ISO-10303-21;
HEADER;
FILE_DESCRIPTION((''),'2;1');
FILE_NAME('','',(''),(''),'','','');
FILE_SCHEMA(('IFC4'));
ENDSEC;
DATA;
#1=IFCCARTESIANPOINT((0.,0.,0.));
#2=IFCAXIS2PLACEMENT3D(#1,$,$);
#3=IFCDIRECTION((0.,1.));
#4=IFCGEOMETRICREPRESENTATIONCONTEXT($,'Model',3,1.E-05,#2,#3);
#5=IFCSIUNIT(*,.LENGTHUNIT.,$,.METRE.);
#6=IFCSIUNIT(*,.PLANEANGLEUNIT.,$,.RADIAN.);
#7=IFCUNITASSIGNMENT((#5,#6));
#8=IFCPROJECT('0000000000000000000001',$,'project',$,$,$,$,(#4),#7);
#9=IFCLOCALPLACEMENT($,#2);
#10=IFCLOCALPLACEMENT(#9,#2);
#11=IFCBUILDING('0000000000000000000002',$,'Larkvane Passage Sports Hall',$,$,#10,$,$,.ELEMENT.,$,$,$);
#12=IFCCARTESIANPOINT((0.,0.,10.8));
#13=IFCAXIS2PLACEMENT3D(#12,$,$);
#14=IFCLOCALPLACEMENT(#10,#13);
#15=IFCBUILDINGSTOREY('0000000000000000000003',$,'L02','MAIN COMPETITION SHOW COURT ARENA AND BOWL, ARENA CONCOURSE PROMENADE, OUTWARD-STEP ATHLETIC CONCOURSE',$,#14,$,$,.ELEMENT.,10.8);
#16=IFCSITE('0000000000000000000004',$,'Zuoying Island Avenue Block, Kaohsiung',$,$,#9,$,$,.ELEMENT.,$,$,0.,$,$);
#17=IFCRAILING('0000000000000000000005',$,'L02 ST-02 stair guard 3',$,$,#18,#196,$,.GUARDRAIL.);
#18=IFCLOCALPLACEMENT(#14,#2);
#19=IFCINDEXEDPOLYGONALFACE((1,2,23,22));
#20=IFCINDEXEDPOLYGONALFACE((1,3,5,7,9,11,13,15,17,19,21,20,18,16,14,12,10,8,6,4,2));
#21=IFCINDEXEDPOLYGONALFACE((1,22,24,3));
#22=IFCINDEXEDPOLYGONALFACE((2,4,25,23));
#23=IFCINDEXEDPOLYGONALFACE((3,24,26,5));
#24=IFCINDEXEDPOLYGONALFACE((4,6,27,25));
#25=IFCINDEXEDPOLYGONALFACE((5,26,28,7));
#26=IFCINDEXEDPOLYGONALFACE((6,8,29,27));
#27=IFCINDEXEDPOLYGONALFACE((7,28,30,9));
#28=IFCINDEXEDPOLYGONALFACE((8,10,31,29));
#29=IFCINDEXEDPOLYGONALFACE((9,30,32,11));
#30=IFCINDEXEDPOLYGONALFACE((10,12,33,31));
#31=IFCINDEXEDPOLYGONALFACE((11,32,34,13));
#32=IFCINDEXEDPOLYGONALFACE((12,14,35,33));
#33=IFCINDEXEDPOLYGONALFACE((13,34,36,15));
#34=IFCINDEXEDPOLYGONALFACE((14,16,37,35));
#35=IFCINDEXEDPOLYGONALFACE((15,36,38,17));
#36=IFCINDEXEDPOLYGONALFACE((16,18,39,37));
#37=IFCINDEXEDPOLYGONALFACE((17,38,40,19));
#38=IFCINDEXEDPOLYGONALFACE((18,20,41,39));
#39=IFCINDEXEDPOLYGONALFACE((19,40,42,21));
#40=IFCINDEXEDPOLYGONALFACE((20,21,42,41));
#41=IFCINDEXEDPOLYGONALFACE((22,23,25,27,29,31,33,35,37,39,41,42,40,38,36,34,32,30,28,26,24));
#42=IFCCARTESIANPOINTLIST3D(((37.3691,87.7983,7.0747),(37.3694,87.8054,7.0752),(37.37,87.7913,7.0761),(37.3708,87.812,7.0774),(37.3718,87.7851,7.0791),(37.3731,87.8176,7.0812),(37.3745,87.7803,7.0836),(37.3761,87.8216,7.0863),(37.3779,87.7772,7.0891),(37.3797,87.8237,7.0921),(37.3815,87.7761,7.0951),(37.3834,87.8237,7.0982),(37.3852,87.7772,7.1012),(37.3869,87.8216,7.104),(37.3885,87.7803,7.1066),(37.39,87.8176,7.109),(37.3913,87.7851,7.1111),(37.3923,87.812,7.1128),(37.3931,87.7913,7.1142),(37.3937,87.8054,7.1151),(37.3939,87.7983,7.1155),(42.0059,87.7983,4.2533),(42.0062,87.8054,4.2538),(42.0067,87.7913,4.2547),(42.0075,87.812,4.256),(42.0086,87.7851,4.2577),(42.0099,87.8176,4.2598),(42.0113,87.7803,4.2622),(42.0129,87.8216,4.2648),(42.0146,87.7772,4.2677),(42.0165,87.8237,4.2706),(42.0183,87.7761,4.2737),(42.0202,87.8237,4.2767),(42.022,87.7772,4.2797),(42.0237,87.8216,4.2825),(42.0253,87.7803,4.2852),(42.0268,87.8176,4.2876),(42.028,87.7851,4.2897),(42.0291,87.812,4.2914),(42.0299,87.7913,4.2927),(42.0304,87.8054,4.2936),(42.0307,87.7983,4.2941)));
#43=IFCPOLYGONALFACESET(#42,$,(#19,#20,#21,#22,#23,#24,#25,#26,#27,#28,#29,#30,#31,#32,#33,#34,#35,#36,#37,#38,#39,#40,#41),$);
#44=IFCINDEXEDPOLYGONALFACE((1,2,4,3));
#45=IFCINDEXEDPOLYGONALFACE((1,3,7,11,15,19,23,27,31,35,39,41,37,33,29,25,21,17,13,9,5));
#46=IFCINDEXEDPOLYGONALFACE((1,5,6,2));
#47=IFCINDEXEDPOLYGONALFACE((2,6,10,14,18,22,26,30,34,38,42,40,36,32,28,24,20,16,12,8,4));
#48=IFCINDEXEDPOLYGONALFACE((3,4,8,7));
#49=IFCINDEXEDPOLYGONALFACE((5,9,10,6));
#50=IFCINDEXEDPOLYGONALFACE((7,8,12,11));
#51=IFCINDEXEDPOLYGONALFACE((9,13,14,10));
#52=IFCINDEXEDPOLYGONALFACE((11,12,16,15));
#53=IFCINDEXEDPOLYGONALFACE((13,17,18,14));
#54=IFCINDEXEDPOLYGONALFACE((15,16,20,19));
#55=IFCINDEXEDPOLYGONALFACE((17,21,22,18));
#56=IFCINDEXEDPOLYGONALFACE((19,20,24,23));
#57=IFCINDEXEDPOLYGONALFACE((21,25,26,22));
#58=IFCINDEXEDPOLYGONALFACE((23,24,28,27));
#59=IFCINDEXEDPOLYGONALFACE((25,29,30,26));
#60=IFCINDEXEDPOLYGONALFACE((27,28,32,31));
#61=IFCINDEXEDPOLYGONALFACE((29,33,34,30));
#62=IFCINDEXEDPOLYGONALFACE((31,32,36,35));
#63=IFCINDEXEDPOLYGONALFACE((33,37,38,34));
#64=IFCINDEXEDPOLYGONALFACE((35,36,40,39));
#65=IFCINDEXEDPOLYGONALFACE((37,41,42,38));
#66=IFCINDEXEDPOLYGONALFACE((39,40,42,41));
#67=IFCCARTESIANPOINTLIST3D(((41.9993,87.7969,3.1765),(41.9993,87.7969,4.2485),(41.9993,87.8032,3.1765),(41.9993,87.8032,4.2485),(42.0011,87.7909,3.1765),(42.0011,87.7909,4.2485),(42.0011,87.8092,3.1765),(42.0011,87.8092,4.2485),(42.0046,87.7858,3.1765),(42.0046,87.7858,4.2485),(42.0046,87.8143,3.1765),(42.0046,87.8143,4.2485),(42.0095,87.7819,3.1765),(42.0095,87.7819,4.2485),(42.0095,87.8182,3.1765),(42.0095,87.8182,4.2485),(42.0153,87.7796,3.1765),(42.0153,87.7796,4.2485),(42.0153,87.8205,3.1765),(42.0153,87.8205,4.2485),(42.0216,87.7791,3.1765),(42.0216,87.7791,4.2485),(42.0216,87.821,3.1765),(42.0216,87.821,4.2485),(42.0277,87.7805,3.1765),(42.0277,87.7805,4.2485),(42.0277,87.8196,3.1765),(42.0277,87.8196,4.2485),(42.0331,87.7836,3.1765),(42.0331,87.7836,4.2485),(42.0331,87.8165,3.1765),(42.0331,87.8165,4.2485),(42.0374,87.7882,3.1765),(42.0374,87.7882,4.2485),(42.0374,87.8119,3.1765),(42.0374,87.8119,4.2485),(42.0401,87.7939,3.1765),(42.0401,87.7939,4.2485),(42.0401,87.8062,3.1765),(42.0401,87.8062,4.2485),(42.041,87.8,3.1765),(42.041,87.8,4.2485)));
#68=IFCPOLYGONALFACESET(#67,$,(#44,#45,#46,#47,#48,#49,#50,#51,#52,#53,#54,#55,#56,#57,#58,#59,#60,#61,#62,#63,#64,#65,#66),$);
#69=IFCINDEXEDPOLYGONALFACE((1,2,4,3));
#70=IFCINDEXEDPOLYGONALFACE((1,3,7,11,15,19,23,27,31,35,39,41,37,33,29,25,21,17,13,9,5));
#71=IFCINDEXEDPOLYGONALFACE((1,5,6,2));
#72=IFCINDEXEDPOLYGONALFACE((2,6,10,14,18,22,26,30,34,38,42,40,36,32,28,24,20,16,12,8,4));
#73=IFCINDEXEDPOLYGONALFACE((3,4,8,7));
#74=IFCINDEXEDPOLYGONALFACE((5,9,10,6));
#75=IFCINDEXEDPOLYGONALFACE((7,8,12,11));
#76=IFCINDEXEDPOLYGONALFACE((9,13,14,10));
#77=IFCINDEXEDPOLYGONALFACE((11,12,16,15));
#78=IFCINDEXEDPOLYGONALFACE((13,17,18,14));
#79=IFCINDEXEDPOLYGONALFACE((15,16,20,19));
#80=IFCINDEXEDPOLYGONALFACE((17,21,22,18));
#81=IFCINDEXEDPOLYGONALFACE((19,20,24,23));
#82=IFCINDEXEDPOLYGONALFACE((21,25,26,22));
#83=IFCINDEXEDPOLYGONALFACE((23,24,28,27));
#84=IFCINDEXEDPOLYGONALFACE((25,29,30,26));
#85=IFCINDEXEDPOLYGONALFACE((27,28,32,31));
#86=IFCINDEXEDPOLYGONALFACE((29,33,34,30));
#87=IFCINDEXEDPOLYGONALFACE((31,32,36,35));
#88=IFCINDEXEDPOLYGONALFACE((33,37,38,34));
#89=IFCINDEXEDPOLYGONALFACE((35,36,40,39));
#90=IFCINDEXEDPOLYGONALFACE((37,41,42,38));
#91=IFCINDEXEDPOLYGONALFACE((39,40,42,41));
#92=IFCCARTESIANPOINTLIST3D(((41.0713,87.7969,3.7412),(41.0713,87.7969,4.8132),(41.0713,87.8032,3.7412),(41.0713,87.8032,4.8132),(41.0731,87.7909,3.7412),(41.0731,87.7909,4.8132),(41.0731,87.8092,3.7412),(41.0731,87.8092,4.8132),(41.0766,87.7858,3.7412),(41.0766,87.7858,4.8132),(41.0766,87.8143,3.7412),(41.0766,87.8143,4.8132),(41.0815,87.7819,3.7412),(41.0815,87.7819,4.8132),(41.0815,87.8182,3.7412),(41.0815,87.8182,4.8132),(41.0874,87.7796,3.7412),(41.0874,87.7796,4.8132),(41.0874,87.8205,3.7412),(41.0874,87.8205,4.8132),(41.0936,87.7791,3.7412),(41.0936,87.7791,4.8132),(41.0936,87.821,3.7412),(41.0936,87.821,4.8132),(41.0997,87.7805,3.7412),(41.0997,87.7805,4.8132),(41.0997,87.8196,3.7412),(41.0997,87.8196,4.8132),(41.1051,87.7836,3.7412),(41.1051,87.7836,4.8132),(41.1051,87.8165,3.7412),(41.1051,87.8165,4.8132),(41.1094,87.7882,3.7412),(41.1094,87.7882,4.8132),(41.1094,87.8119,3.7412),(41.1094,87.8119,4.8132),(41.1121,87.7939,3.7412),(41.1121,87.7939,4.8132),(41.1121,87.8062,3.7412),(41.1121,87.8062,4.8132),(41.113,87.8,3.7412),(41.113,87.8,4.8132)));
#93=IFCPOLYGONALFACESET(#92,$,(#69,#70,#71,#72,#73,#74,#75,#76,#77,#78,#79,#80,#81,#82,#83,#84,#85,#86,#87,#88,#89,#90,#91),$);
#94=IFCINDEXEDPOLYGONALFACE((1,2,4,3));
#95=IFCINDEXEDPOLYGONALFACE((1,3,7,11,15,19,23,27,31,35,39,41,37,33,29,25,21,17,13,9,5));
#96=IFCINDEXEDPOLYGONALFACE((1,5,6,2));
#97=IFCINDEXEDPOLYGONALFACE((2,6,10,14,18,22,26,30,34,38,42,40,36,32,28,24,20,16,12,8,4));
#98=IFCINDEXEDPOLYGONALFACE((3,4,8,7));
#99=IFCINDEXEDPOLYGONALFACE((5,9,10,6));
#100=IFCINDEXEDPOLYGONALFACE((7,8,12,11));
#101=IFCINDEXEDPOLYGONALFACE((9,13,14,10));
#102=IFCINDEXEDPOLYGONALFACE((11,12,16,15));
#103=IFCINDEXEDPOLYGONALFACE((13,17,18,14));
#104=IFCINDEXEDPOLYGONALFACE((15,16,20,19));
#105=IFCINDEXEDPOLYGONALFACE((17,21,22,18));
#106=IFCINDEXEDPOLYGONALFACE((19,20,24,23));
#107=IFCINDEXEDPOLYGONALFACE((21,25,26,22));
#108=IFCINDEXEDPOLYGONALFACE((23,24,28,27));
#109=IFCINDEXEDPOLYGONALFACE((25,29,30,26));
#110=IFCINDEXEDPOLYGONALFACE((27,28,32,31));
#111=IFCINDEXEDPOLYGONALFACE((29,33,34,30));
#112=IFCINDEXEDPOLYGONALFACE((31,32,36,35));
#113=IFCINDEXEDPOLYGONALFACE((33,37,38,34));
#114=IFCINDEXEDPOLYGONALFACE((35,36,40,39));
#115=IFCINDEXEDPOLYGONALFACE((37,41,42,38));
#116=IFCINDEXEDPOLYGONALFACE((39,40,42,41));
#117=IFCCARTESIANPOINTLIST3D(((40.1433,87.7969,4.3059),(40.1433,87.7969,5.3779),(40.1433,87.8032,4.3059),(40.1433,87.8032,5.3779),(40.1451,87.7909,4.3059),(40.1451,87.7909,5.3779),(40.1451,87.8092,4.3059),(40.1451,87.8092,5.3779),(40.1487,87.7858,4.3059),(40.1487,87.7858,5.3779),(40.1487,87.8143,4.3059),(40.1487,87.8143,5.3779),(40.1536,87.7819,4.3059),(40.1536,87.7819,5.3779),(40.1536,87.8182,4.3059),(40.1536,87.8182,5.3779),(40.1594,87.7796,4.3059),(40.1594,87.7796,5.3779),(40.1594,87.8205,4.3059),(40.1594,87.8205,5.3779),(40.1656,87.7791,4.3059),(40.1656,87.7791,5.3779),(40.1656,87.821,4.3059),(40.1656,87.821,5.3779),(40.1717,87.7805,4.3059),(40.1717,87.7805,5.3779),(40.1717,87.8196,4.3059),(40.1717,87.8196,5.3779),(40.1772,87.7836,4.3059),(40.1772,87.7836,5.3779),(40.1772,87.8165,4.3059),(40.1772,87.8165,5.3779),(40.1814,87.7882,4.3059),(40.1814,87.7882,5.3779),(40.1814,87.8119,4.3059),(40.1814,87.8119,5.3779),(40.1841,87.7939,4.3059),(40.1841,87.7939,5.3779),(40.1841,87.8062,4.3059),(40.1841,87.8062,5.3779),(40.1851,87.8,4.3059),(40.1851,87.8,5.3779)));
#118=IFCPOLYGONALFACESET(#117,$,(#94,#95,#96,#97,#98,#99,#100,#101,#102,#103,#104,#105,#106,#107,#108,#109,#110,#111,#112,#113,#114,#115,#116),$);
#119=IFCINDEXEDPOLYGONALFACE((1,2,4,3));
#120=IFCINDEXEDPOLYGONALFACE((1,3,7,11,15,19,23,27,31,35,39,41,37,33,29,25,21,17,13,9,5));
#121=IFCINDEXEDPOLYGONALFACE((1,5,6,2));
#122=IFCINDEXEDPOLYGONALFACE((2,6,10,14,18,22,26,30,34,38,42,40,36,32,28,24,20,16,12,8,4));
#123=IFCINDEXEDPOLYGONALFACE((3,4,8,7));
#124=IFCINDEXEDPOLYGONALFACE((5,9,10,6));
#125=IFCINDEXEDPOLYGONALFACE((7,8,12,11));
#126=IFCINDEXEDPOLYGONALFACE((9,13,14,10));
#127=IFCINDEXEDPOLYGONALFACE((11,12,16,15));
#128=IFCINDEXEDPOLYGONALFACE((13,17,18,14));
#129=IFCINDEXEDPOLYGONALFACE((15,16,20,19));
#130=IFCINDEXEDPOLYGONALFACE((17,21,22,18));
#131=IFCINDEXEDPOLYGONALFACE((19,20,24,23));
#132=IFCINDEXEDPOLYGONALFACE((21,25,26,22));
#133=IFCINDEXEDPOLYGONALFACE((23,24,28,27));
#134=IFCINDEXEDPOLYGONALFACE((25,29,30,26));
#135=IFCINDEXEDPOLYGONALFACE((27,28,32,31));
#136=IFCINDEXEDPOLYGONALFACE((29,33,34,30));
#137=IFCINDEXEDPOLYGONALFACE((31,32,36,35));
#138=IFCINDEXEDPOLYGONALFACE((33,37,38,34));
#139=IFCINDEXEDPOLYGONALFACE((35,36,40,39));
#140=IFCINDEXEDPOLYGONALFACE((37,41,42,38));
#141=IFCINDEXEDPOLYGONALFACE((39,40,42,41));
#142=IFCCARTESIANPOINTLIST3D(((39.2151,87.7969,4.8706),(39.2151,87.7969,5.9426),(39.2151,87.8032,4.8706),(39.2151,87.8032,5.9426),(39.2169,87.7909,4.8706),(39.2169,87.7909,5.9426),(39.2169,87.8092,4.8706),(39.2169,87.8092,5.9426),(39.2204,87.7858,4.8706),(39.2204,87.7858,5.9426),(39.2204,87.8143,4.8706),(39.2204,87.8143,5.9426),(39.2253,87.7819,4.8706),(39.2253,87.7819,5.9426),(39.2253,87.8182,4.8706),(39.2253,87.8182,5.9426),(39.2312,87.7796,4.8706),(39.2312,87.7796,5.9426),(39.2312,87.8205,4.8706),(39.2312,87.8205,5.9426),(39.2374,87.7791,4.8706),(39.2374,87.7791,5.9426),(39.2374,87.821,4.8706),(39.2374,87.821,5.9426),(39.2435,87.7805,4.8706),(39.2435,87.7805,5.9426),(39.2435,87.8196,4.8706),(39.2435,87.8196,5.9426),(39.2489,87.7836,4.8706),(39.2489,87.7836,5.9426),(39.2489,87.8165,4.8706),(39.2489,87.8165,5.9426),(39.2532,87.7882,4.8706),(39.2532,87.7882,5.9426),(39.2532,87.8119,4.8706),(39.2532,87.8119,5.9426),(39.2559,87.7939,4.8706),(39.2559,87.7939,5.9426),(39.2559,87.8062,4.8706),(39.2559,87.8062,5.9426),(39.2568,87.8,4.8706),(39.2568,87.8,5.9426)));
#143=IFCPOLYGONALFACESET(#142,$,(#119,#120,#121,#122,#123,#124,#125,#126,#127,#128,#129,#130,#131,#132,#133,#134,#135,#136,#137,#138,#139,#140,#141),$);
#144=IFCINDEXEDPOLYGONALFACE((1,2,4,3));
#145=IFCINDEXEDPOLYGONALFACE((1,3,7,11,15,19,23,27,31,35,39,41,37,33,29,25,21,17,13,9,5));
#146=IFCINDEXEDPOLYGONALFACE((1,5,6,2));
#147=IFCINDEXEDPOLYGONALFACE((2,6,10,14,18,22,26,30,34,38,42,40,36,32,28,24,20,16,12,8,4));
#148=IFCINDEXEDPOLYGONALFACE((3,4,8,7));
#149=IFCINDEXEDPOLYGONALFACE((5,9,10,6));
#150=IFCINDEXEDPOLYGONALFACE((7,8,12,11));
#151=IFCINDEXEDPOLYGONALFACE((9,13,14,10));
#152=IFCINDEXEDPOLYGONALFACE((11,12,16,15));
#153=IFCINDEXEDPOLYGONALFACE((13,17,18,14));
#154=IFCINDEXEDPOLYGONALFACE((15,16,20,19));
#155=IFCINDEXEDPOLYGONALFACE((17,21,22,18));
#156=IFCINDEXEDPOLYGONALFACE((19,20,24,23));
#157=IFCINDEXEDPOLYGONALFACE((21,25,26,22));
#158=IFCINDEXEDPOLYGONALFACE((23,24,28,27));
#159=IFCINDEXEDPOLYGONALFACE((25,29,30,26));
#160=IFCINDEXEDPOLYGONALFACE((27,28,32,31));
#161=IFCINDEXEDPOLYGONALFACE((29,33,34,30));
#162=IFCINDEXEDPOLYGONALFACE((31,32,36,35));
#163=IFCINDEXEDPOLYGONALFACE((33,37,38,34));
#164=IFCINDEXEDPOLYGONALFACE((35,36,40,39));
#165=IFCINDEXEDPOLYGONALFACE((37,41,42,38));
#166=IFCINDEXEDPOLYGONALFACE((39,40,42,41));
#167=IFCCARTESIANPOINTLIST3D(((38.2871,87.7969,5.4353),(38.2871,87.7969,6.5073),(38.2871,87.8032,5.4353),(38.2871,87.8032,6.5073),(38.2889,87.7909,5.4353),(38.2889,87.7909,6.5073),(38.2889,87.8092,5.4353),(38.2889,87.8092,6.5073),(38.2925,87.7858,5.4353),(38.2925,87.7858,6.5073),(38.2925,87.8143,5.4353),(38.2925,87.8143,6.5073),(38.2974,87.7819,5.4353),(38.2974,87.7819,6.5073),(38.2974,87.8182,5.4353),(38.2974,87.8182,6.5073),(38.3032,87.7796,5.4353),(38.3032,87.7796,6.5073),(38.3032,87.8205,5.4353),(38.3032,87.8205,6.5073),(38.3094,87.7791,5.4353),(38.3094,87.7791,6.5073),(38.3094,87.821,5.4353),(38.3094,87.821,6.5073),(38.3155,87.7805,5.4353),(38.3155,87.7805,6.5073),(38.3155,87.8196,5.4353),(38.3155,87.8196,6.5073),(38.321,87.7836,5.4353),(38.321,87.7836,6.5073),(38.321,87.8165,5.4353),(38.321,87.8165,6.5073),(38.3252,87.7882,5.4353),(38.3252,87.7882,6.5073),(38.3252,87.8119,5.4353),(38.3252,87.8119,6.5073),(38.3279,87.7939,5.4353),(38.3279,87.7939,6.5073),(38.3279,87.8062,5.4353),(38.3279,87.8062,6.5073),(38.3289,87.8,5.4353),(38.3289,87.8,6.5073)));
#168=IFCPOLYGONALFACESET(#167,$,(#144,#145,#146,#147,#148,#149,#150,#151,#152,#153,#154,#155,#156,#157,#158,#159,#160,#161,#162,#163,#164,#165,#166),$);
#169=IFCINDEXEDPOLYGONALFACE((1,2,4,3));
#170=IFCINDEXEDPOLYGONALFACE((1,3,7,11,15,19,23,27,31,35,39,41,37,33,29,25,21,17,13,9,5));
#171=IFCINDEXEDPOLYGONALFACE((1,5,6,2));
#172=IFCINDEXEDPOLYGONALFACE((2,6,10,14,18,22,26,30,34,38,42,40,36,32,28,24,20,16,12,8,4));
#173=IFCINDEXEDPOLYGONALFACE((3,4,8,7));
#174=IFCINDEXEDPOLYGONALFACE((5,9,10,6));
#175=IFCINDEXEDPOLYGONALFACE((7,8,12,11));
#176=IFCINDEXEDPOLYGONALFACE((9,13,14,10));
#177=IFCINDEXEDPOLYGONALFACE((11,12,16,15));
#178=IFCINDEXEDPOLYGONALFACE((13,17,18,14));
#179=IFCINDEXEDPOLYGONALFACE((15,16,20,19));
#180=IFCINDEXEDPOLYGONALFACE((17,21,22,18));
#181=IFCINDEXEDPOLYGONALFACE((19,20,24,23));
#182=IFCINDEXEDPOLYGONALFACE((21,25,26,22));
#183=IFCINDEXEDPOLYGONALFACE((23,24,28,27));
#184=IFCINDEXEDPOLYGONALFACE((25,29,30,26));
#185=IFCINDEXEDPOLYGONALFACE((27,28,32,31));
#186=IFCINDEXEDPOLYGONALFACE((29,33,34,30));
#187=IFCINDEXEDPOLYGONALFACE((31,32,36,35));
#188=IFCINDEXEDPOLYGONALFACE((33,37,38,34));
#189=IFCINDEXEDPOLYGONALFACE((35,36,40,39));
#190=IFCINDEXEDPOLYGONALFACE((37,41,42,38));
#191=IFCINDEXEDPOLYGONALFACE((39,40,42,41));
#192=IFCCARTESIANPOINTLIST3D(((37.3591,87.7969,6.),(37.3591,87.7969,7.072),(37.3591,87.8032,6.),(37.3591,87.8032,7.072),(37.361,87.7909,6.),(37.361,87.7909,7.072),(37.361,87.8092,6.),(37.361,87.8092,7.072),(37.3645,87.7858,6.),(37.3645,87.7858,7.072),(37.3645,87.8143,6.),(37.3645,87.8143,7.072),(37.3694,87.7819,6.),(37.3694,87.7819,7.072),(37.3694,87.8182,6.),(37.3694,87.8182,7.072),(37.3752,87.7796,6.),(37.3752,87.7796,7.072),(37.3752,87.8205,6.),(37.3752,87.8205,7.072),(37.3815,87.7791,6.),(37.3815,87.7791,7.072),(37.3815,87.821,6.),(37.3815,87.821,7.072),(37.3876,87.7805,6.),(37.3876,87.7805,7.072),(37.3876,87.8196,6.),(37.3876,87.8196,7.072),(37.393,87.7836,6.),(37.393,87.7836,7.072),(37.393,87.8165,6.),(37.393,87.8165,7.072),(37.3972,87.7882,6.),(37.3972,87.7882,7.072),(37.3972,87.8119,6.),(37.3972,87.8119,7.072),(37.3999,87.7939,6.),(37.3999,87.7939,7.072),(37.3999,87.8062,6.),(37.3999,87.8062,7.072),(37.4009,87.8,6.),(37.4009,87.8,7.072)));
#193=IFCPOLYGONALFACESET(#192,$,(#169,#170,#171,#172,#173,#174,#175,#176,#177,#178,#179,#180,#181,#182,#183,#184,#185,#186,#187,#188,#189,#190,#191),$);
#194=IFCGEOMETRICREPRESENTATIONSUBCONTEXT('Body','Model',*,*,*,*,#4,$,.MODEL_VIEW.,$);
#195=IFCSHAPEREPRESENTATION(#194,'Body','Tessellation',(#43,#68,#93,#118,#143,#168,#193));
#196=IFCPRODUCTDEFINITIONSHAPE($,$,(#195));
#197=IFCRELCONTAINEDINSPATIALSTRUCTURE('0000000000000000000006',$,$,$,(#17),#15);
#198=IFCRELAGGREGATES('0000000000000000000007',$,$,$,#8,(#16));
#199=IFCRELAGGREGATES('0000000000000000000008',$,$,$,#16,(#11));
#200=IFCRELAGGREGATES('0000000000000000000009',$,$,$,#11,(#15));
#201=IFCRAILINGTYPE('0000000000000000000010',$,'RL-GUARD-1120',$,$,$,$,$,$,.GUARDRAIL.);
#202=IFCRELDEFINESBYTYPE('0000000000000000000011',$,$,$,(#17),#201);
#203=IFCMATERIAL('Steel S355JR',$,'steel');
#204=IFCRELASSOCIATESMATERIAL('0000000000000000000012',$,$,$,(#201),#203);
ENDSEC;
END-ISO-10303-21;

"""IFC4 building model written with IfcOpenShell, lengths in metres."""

from ifc_helpers import new_model, si_unit, direction, frame, origin, origin_2d, place, context, subcontext, project, spatial, circle, extrude, material, type_object, element, save


model = new_model("IFC4")

# Units and contexts
model_context = context("Model", 3, precision=1e-05, world=origin(), true_north=direction((0.0, 1.0)))
body_context = subcontext(model_context, "Body", "Model", "MODEL_VIEW")
ifc_project = project(units=[si_unit("LENGTHUNIT", "METRE"), si_unit("PLANEANGLEUNIT", "RADIAN")], contexts=[model_context])

# Site, building, storey
site_placement = place(None, origin())
site = spatial("IfcSite", under=ifc_project, at=site_placement, Name="Zuoying Island Avenue Block, Kaohsiung", CompositionType="ELEMENT", RefElevation=0.0)
building_placement = place(site_placement, origin())
building = spatial("IfcBuilding", under=site, at=building_placement, Name="Larkvane Passage Sports Hall", CompositionType="ELEMENT")
storey_placement = place(building_placement, frame((0.0, 0.0, 10.8)))
storey = spatial("IfcBuildingStorey", under=building, at=storey_placement, Name="L02", Description="MAIN COMPETITION SHOW COURT ARENA AND BOWL, ARENA CONCOURSE PROMENADE, OUTWARD-STEP ATHLETIC CONCOURSE", CompositionType="ELEMENT", Elevation=10.8)

# Shared definitions
ifc_material_1 = material(Name="Steel S355JR", Category="steel")

# Railing
railing_type_1 = type_object("IfcRailingType", Name="RL-GUARD-1120", PredefinedType="GUARDRAIL", material=ifc_material_1)
railing_1_placement = place(storey_placement, frame((42.02, 87.8, 3.1765)))
element("IfcRailing", 1, at=railing_1_placement, inside=storey, type_object=railing_type_1, Name="L02 ST-02 stair guard 3", PredefinedType="GUARDRAIL", context=body_context, shape_type="SweptSolid", body=[
    extrude(circle(Radius=0.0239, at=origin_2d()), frame((-0.0017, 0.0, 1.0972), z_axis=(-0.854276, 0.0, 0.51982), x_axis=(0.0, -1.0, 0.0)), (0.0, 0.0, 1.0), 5.4277),
    extrude(circle(Radius=0.021, at=origin_2d()), origin(), (0.0, 0.0, 1.0), 1.072),
    extrude(circle(Radius=0.021, at=origin_2d()), frame((-0.928, 0.0, 0.5647)), (0.0, 0.0, 1.0), 1.072),
    extrude(circle(Radius=0.021, at=origin_2d()), frame((-1.856, 0.0, 1.1294)), (0.0, 0.0, 1.0), 1.072),
    extrude(circle(Radius=0.021, at=origin_2d()), frame((-2.7842, 0.0, 1.6941)), (0.0, 0.0, 1.0), 1.072),
    extrude(circle(Radius=0.021, at=origin_2d()), frame((-3.7122, 0.0, 2.2588)), (0.0, 0.0, 1.0), 1.072),
    extrude(circle(Radius=0.021, at=origin_2d()), frame((-4.6401, 0.0, 2.8235)), (0.0, 0.0, 1.0), 1.072),
])

save(model, "model.ifc")
